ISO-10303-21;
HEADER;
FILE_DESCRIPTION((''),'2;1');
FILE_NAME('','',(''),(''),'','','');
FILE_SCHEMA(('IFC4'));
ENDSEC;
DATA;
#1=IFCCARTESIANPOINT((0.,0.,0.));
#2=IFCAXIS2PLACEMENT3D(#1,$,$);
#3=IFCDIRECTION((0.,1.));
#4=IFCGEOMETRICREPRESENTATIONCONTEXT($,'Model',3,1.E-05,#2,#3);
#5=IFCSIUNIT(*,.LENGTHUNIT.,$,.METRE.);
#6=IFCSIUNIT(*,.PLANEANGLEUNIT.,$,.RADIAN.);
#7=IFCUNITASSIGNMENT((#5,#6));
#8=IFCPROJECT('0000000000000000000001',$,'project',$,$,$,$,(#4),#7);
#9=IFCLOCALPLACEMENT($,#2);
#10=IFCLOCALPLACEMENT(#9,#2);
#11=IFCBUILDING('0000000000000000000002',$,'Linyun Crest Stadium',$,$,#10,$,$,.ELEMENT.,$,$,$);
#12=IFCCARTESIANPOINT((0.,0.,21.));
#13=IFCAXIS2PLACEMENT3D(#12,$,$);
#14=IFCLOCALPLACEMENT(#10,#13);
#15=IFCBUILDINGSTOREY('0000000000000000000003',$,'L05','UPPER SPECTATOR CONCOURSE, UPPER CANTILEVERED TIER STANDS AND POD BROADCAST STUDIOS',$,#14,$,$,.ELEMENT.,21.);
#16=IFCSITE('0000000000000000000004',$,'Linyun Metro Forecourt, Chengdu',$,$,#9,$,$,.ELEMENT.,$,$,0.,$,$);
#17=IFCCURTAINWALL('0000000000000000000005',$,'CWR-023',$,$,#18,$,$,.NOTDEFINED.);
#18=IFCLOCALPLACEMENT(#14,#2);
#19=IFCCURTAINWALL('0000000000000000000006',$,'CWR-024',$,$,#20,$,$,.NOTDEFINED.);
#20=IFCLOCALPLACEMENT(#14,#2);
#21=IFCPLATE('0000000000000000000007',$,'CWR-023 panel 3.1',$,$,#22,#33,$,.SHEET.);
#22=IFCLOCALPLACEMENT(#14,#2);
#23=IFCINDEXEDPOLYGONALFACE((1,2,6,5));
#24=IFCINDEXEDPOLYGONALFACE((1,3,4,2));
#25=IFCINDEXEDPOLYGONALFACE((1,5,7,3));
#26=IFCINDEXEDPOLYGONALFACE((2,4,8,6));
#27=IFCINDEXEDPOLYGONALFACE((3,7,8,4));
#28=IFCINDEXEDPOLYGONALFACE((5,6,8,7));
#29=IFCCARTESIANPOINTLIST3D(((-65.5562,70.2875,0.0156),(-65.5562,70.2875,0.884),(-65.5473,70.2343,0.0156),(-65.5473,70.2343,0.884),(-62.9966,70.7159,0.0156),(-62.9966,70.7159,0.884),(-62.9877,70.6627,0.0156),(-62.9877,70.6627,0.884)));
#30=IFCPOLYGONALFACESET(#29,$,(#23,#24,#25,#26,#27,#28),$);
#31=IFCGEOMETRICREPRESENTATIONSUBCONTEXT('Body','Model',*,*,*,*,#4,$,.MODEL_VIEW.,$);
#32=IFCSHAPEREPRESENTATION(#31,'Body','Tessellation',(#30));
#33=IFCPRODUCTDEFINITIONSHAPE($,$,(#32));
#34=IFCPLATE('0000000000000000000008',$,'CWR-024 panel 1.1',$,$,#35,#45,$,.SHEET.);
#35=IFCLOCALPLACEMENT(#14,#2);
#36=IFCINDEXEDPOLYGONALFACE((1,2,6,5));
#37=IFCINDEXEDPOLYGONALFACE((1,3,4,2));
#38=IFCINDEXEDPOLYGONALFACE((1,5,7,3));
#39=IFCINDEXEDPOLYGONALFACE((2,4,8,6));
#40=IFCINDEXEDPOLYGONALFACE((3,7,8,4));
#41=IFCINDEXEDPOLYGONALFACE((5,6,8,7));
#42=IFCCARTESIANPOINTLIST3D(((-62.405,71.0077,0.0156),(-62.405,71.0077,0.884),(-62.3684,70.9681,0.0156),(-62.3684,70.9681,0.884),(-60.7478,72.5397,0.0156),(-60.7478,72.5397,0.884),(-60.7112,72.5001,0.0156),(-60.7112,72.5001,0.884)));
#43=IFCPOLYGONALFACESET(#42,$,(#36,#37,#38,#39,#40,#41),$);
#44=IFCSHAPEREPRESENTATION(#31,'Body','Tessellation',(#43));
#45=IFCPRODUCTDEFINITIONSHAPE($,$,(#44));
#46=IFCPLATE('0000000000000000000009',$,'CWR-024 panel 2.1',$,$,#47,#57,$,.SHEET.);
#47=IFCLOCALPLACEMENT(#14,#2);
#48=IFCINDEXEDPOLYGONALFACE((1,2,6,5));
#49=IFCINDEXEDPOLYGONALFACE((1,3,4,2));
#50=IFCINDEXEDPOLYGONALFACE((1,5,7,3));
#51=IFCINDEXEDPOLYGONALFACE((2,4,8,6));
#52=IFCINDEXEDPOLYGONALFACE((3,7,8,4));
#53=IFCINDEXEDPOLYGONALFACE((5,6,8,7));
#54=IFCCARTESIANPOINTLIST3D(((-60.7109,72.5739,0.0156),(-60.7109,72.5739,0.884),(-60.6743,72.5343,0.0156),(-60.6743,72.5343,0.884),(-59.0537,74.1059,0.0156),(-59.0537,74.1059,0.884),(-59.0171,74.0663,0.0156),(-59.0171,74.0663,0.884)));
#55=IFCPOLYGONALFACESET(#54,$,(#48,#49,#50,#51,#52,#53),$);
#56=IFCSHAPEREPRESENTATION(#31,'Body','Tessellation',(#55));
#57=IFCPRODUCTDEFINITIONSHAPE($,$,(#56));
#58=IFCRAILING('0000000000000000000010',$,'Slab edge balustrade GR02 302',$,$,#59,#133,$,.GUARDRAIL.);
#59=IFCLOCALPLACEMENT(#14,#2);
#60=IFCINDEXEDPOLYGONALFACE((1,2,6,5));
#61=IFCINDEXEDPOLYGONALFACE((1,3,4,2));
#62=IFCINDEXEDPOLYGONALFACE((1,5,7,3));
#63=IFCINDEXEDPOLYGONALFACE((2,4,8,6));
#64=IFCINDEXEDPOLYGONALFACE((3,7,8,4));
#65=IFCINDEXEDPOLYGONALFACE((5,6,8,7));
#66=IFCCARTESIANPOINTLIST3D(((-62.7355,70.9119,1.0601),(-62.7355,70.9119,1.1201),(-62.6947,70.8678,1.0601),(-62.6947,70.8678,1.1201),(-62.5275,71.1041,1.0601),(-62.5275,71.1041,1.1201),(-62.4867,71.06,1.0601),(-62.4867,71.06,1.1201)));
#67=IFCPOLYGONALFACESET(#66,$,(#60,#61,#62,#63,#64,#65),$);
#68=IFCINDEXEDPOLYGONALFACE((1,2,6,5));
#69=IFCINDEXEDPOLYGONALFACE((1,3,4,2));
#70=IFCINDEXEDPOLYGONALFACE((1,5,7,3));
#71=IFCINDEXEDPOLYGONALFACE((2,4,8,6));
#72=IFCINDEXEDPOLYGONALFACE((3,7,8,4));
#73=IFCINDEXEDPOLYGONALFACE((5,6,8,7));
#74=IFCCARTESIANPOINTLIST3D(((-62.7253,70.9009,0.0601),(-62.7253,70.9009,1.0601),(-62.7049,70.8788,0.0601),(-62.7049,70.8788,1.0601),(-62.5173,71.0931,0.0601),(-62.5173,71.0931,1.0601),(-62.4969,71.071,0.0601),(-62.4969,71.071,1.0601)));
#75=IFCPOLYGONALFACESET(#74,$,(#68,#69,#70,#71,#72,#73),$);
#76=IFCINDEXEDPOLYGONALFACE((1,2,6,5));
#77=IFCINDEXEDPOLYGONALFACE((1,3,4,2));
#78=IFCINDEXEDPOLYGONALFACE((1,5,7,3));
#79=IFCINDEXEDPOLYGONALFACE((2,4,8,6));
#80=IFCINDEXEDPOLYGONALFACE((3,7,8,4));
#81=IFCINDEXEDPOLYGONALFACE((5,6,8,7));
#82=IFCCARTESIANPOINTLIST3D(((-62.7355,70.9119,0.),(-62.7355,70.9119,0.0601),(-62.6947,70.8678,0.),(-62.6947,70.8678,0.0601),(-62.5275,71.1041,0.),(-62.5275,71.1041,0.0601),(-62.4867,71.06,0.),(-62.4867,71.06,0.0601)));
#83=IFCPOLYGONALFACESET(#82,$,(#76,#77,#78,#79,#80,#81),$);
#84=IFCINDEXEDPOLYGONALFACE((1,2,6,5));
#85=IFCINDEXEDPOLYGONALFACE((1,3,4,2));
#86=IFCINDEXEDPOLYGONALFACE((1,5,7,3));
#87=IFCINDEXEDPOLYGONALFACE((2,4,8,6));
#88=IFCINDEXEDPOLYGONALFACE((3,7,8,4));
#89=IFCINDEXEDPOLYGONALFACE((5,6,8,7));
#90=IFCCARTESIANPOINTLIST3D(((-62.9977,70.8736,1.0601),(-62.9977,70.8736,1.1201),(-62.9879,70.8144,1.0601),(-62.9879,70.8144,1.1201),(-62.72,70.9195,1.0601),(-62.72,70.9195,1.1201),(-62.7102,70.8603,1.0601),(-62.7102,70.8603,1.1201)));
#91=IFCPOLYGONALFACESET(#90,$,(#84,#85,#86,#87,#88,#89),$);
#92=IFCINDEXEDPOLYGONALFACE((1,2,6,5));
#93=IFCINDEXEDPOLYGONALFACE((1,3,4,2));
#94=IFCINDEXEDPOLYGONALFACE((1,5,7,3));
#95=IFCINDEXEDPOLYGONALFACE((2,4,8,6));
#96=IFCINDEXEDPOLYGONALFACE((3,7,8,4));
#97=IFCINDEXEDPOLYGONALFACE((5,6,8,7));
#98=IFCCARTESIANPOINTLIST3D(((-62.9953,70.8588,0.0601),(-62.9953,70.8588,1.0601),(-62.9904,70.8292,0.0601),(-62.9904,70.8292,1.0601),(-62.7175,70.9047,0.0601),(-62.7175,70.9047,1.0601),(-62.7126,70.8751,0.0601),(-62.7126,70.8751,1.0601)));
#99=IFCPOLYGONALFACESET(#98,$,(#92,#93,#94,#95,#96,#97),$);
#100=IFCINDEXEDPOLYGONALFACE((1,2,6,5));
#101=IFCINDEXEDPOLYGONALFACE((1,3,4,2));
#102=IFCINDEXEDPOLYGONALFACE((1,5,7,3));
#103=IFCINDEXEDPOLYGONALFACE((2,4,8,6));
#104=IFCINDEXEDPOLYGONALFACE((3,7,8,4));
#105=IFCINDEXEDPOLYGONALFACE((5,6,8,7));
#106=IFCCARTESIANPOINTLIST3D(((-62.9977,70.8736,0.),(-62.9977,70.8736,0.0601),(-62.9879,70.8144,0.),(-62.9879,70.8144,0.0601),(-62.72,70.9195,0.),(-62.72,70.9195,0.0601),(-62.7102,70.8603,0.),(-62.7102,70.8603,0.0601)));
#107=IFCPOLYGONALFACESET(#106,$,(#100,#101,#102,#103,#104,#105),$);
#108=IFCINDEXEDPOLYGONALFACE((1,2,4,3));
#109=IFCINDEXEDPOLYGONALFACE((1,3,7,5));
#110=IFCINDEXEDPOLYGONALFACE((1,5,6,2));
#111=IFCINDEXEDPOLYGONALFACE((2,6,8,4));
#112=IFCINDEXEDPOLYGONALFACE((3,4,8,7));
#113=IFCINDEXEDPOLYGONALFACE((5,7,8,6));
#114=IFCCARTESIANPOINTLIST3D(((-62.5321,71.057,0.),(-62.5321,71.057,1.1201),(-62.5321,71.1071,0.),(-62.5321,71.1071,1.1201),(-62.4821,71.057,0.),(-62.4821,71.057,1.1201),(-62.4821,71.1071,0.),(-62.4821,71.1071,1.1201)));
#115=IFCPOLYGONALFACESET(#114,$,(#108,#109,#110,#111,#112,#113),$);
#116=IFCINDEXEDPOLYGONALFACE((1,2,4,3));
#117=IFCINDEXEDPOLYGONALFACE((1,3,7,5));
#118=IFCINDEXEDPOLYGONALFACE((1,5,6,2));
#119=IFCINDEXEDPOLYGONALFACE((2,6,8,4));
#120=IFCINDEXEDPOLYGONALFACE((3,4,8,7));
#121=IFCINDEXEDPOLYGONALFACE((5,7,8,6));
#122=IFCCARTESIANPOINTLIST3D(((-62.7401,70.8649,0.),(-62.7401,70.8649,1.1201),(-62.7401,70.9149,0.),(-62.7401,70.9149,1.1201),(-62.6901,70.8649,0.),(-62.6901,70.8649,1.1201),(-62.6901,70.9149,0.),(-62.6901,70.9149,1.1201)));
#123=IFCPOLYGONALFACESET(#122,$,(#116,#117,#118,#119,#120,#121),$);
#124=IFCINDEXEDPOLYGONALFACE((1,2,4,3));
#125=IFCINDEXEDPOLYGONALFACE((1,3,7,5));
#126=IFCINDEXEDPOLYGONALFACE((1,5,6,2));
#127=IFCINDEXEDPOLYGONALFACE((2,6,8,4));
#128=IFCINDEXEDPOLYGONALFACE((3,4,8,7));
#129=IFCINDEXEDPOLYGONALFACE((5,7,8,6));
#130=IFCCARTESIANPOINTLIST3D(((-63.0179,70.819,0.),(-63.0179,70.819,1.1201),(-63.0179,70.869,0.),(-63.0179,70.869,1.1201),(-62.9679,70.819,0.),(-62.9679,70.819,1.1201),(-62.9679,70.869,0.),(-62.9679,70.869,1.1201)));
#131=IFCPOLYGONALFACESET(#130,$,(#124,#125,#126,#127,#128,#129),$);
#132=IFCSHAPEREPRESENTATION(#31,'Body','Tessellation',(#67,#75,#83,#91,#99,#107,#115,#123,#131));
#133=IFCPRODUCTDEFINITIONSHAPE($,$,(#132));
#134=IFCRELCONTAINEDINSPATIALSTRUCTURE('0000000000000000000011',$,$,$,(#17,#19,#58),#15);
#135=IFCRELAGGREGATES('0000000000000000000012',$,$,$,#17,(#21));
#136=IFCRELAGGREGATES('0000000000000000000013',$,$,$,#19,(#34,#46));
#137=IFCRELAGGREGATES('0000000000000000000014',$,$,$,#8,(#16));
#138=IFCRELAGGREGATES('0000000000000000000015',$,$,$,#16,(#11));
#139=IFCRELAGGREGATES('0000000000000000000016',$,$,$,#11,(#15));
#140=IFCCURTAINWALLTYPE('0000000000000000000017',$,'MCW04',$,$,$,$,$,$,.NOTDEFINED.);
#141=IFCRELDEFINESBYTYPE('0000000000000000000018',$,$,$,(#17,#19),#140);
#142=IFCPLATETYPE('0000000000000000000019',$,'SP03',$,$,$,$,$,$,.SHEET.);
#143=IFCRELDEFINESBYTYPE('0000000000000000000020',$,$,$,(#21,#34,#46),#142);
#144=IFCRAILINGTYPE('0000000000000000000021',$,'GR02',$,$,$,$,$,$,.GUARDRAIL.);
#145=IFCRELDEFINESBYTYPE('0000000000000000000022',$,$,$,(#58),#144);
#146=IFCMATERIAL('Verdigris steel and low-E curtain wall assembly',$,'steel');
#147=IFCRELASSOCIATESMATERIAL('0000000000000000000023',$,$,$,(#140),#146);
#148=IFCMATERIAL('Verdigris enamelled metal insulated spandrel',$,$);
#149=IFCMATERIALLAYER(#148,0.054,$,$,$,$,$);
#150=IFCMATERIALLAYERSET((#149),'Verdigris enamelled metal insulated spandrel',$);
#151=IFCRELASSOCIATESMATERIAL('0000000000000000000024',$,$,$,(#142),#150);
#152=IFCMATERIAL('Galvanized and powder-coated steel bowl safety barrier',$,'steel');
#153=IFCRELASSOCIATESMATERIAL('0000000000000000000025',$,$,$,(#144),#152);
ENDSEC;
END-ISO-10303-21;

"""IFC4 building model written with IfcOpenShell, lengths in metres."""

from ifc_helpers import new_model, si_unit, direction, frame, origin, origin_2d, place, context, subcontext, project, spatial, rectangle, extrude, material, layer, layer_set, type_object, element, aggregate, save


model = new_model("IFC4")

# Units and contexts
model_context = context("Model", 3, precision=1e-05, world=origin(), true_north=direction((0.0, 1.0)))
body_context = subcontext(model_context, "Body", "Model", "MODEL_VIEW")
ifc_project = project(units=[si_unit("LENGTHUNIT", "METRE"), si_unit("PLANEANGLEUNIT", "RADIAN")], contexts=[model_context])

# Site, building, storey
site_placement = place(None, origin())
site = spatial("IfcSite", under=ifc_project, at=site_placement, Name="Linyun Metro Forecourt, Chengdu", CompositionType="ELEMENT", RefElevation=0.0)
building_placement = place(site_placement, origin())
building = spatial("IfcBuilding", under=site, at=building_placement, Name="Linyun Crest Stadium", CompositionType="ELEMENT")
storey_placement = place(building_placement, frame((0.0, 0.0, 21.0)))
storey = spatial("IfcBuildingStorey", under=building, at=storey_placement, Name="L05", Description="UPPER SPECTATOR CONCOURSE, UPPER CANTILEVERED TIER STANDS AND POD BROADCAST STUDIOS", CompositionType="ELEMENT", Elevation=21.0)

# Curtain walls
ifc_material_1 = material(Name="Verdigris steel and low-E curtain wall assembly", Category="steel")
curtain_wall_type = type_object("IfcCurtainWallType", Name="MCW04", PredefinedType="NOTDEFINED", material=ifc_material_1)
curtain_wall_1_placement = place(storey_placement, origin())
curtain_wall_1 = element("IfcCurtainWall", 1, at=curtain_wall_1_placement, inside=storey, type_object=curtain_wall_type, Name="CWR-023", PredefinedType="NOTDEFINED")
curtain_wall_2_placement = place(storey_placement, origin())
curtain_wall_2 = element("IfcCurtainWall", 2, at=curtain_wall_2_placement, inside=storey, type_object=curtain_wall_type, Name="CWR-024", PredefinedType="NOTDEFINED")

# Plates
ifc_material_2 = material(Name="Verdigris enamelled metal insulated spandrel")
ifc_layer_1 = layer(ifc_material_2, 0.054)
ifc_layer_set_1 = layer_set([ifc_layer_1], Name="Verdigris enamelled metal insulated spandrel")
plate_type_1 = type_object("IfcPlateType", Name="SP03", PredefinedType="SHEET", material=ifc_layer_set_1)
plate_1_placement = place(storey_placement, frame((-64.272, 70.4751, 0.0156), z_axis=(0.0, 0.0, 1.0), x_axis=(0.986283, 0.165065, 0.0)))
plate_1 = element("IfcPlate", 3, at=plate_1_placement, type_object=plate_type_1, Name="CWR-023 panel 3.1", PredefinedType="SHEET", context=body_context, shape_type="SweptSolid", body=[
    extrude(rectangle(XDim=2.5952, YDim=0.054, at=origin_2d()), origin(), (0.0, 0.0, 1.0), 0.8684),
])
aggregate(curtain_wall_1, [plate_1])
plate_2_placement = place(storey_placement, frame((-61.5581, 71.7539, 0.0156), z_axis=(0.0, 0.0, 1.0), x_axis=(0.734299, 0.678826, 0.0)))
plate_2 = element("IfcPlate", 4, at=plate_2_placement, type_object=plate_type_1, Name="CWR-024 panel 1.1", PredefinedType="SHEET", context=body_context, shape_type="SweptSolid", body=[
    extrude(rectangle(XDim=2.2568, YDim=0.054, at=origin_2d()), origin(), (0.0, 0.0, 1.0), 0.8684),
])
plate_3_placement = place(storey_placement, frame((-59.864, 73.3201, 0.0156), z_axis=(0.0, 0.0, 1.0), x_axis=(0.734299, 0.678826, 0.0)))
plate_3 = element("IfcPlate", 5, at=plate_3_placement, type_object=plate_type_1, Name="CWR-024 panel 2.1", PredefinedType="SHEET", context=body_context, shape_type="SweptSolid", body=[
    extrude(rectangle(XDim=2.2568, YDim=0.054, at=origin_2d()), origin(), (0.0, 0.0, 1.0), 0.8684),
])
aggregate(curtain_wall_2, [plate_2, plate_3])

# Railing
ifc_material_3 = material(Name="Galvanized and powder-coated steel bowl safety barrier", Category="steel")
railing_type = type_object("IfcRailingType", Name="GR02", PredefinedType="GUARDRAIL", material=ifc_material_3)
railing_placement = place(storey_placement, frame((-62.5071, 71.082, 0.0)))
element("IfcRailing", 6, at=railing_placement, inside=storey, type_object=railing_type, Name="Slab edge balustrade GR02 302", PredefinedType="GUARDRAIL", context=body_context, shape_type="SweptSolid", body=[
    extrude(rectangle(XDim=0.0601, YDim=0.0601, at=origin_2d()), frame((0.0, 0.0, 1.0901), z_axis=(-0.734572, -0.678531, 0.0), x_axis=(0.678531, -0.734572, 0.0)), (0.0, 0.0, 1.0), 0.2832),
    extrude(rectangle(XDim=0.03, YDim=1.0, at=origin_2d()), frame((0.0, 0.0, 0.5601), z_axis=(-0.734572, -0.678531, 0.0), x_axis=(0.678531, -0.734572, 0.0)), (0.0, 0.0, 1.0), 0.2832),
    extrude(rectangle(XDim=0.0601, YDim=0.0601, at=origin_2d()), frame((0.0, 0.0, 0.03), z_axis=(-0.734572, -0.678531, 0.0), x_axis=(0.678531, -0.734572, 0.0)), (0.0, 0.0, 1.0), 0.2832),
    extrude(rectangle(XDim=0.0601, YDim=0.0601, at=origin_2d()), frame((-0.208, -0.1921, 1.0901), z_axis=(-0.986627, -0.162993, 0.0), x_axis=(0.162993, -0.986627, 0.0)), (0.0, 0.0, 1.0), 0.2815),
    extrude(rectangle(XDim=0.03, YDim=1.0, at=origin_2d()), frame((-0.208, -0.1921, 0.5601), z_axis=(-0.986627, -0.162993, 0.0), x_axis=(0.162993, -0.986627, 0.0)), (0.0, 0.0, 1.0), 0.2815),
    extrude(rectangle(XDim=0.0601, YDim=0.0601, at=origin_2d()), frame((-0.208, -0.1921, 0.03), z_axis=(-0.986627, -0.162993, 0.0), x_axis=(0.162993, -0.986627, 0.0)), (0.0, 0.0, 1.0), 0.2815),
    extrude(rectangle(XDim=0.05, YDim=0.05, at=origin_2d()), origin(), (0.0, 0.0, 1.0), 1.1201),
    extrude(rectangle(XDim=0.05, YDim=0.05, at=origin_2d()), frame((-0.208, -0.1921, 0.0)), (0.0, 0.0, 1.0), 1.1201),
    extrude(rectangle(XDim=0.05, YDim=0.05, at=origin_2d()), frame((-0.4858, -0.238, 0.0)), (0.0, 0.0, 1.0), 1.1201),
])

save(model, "model.ifc")
